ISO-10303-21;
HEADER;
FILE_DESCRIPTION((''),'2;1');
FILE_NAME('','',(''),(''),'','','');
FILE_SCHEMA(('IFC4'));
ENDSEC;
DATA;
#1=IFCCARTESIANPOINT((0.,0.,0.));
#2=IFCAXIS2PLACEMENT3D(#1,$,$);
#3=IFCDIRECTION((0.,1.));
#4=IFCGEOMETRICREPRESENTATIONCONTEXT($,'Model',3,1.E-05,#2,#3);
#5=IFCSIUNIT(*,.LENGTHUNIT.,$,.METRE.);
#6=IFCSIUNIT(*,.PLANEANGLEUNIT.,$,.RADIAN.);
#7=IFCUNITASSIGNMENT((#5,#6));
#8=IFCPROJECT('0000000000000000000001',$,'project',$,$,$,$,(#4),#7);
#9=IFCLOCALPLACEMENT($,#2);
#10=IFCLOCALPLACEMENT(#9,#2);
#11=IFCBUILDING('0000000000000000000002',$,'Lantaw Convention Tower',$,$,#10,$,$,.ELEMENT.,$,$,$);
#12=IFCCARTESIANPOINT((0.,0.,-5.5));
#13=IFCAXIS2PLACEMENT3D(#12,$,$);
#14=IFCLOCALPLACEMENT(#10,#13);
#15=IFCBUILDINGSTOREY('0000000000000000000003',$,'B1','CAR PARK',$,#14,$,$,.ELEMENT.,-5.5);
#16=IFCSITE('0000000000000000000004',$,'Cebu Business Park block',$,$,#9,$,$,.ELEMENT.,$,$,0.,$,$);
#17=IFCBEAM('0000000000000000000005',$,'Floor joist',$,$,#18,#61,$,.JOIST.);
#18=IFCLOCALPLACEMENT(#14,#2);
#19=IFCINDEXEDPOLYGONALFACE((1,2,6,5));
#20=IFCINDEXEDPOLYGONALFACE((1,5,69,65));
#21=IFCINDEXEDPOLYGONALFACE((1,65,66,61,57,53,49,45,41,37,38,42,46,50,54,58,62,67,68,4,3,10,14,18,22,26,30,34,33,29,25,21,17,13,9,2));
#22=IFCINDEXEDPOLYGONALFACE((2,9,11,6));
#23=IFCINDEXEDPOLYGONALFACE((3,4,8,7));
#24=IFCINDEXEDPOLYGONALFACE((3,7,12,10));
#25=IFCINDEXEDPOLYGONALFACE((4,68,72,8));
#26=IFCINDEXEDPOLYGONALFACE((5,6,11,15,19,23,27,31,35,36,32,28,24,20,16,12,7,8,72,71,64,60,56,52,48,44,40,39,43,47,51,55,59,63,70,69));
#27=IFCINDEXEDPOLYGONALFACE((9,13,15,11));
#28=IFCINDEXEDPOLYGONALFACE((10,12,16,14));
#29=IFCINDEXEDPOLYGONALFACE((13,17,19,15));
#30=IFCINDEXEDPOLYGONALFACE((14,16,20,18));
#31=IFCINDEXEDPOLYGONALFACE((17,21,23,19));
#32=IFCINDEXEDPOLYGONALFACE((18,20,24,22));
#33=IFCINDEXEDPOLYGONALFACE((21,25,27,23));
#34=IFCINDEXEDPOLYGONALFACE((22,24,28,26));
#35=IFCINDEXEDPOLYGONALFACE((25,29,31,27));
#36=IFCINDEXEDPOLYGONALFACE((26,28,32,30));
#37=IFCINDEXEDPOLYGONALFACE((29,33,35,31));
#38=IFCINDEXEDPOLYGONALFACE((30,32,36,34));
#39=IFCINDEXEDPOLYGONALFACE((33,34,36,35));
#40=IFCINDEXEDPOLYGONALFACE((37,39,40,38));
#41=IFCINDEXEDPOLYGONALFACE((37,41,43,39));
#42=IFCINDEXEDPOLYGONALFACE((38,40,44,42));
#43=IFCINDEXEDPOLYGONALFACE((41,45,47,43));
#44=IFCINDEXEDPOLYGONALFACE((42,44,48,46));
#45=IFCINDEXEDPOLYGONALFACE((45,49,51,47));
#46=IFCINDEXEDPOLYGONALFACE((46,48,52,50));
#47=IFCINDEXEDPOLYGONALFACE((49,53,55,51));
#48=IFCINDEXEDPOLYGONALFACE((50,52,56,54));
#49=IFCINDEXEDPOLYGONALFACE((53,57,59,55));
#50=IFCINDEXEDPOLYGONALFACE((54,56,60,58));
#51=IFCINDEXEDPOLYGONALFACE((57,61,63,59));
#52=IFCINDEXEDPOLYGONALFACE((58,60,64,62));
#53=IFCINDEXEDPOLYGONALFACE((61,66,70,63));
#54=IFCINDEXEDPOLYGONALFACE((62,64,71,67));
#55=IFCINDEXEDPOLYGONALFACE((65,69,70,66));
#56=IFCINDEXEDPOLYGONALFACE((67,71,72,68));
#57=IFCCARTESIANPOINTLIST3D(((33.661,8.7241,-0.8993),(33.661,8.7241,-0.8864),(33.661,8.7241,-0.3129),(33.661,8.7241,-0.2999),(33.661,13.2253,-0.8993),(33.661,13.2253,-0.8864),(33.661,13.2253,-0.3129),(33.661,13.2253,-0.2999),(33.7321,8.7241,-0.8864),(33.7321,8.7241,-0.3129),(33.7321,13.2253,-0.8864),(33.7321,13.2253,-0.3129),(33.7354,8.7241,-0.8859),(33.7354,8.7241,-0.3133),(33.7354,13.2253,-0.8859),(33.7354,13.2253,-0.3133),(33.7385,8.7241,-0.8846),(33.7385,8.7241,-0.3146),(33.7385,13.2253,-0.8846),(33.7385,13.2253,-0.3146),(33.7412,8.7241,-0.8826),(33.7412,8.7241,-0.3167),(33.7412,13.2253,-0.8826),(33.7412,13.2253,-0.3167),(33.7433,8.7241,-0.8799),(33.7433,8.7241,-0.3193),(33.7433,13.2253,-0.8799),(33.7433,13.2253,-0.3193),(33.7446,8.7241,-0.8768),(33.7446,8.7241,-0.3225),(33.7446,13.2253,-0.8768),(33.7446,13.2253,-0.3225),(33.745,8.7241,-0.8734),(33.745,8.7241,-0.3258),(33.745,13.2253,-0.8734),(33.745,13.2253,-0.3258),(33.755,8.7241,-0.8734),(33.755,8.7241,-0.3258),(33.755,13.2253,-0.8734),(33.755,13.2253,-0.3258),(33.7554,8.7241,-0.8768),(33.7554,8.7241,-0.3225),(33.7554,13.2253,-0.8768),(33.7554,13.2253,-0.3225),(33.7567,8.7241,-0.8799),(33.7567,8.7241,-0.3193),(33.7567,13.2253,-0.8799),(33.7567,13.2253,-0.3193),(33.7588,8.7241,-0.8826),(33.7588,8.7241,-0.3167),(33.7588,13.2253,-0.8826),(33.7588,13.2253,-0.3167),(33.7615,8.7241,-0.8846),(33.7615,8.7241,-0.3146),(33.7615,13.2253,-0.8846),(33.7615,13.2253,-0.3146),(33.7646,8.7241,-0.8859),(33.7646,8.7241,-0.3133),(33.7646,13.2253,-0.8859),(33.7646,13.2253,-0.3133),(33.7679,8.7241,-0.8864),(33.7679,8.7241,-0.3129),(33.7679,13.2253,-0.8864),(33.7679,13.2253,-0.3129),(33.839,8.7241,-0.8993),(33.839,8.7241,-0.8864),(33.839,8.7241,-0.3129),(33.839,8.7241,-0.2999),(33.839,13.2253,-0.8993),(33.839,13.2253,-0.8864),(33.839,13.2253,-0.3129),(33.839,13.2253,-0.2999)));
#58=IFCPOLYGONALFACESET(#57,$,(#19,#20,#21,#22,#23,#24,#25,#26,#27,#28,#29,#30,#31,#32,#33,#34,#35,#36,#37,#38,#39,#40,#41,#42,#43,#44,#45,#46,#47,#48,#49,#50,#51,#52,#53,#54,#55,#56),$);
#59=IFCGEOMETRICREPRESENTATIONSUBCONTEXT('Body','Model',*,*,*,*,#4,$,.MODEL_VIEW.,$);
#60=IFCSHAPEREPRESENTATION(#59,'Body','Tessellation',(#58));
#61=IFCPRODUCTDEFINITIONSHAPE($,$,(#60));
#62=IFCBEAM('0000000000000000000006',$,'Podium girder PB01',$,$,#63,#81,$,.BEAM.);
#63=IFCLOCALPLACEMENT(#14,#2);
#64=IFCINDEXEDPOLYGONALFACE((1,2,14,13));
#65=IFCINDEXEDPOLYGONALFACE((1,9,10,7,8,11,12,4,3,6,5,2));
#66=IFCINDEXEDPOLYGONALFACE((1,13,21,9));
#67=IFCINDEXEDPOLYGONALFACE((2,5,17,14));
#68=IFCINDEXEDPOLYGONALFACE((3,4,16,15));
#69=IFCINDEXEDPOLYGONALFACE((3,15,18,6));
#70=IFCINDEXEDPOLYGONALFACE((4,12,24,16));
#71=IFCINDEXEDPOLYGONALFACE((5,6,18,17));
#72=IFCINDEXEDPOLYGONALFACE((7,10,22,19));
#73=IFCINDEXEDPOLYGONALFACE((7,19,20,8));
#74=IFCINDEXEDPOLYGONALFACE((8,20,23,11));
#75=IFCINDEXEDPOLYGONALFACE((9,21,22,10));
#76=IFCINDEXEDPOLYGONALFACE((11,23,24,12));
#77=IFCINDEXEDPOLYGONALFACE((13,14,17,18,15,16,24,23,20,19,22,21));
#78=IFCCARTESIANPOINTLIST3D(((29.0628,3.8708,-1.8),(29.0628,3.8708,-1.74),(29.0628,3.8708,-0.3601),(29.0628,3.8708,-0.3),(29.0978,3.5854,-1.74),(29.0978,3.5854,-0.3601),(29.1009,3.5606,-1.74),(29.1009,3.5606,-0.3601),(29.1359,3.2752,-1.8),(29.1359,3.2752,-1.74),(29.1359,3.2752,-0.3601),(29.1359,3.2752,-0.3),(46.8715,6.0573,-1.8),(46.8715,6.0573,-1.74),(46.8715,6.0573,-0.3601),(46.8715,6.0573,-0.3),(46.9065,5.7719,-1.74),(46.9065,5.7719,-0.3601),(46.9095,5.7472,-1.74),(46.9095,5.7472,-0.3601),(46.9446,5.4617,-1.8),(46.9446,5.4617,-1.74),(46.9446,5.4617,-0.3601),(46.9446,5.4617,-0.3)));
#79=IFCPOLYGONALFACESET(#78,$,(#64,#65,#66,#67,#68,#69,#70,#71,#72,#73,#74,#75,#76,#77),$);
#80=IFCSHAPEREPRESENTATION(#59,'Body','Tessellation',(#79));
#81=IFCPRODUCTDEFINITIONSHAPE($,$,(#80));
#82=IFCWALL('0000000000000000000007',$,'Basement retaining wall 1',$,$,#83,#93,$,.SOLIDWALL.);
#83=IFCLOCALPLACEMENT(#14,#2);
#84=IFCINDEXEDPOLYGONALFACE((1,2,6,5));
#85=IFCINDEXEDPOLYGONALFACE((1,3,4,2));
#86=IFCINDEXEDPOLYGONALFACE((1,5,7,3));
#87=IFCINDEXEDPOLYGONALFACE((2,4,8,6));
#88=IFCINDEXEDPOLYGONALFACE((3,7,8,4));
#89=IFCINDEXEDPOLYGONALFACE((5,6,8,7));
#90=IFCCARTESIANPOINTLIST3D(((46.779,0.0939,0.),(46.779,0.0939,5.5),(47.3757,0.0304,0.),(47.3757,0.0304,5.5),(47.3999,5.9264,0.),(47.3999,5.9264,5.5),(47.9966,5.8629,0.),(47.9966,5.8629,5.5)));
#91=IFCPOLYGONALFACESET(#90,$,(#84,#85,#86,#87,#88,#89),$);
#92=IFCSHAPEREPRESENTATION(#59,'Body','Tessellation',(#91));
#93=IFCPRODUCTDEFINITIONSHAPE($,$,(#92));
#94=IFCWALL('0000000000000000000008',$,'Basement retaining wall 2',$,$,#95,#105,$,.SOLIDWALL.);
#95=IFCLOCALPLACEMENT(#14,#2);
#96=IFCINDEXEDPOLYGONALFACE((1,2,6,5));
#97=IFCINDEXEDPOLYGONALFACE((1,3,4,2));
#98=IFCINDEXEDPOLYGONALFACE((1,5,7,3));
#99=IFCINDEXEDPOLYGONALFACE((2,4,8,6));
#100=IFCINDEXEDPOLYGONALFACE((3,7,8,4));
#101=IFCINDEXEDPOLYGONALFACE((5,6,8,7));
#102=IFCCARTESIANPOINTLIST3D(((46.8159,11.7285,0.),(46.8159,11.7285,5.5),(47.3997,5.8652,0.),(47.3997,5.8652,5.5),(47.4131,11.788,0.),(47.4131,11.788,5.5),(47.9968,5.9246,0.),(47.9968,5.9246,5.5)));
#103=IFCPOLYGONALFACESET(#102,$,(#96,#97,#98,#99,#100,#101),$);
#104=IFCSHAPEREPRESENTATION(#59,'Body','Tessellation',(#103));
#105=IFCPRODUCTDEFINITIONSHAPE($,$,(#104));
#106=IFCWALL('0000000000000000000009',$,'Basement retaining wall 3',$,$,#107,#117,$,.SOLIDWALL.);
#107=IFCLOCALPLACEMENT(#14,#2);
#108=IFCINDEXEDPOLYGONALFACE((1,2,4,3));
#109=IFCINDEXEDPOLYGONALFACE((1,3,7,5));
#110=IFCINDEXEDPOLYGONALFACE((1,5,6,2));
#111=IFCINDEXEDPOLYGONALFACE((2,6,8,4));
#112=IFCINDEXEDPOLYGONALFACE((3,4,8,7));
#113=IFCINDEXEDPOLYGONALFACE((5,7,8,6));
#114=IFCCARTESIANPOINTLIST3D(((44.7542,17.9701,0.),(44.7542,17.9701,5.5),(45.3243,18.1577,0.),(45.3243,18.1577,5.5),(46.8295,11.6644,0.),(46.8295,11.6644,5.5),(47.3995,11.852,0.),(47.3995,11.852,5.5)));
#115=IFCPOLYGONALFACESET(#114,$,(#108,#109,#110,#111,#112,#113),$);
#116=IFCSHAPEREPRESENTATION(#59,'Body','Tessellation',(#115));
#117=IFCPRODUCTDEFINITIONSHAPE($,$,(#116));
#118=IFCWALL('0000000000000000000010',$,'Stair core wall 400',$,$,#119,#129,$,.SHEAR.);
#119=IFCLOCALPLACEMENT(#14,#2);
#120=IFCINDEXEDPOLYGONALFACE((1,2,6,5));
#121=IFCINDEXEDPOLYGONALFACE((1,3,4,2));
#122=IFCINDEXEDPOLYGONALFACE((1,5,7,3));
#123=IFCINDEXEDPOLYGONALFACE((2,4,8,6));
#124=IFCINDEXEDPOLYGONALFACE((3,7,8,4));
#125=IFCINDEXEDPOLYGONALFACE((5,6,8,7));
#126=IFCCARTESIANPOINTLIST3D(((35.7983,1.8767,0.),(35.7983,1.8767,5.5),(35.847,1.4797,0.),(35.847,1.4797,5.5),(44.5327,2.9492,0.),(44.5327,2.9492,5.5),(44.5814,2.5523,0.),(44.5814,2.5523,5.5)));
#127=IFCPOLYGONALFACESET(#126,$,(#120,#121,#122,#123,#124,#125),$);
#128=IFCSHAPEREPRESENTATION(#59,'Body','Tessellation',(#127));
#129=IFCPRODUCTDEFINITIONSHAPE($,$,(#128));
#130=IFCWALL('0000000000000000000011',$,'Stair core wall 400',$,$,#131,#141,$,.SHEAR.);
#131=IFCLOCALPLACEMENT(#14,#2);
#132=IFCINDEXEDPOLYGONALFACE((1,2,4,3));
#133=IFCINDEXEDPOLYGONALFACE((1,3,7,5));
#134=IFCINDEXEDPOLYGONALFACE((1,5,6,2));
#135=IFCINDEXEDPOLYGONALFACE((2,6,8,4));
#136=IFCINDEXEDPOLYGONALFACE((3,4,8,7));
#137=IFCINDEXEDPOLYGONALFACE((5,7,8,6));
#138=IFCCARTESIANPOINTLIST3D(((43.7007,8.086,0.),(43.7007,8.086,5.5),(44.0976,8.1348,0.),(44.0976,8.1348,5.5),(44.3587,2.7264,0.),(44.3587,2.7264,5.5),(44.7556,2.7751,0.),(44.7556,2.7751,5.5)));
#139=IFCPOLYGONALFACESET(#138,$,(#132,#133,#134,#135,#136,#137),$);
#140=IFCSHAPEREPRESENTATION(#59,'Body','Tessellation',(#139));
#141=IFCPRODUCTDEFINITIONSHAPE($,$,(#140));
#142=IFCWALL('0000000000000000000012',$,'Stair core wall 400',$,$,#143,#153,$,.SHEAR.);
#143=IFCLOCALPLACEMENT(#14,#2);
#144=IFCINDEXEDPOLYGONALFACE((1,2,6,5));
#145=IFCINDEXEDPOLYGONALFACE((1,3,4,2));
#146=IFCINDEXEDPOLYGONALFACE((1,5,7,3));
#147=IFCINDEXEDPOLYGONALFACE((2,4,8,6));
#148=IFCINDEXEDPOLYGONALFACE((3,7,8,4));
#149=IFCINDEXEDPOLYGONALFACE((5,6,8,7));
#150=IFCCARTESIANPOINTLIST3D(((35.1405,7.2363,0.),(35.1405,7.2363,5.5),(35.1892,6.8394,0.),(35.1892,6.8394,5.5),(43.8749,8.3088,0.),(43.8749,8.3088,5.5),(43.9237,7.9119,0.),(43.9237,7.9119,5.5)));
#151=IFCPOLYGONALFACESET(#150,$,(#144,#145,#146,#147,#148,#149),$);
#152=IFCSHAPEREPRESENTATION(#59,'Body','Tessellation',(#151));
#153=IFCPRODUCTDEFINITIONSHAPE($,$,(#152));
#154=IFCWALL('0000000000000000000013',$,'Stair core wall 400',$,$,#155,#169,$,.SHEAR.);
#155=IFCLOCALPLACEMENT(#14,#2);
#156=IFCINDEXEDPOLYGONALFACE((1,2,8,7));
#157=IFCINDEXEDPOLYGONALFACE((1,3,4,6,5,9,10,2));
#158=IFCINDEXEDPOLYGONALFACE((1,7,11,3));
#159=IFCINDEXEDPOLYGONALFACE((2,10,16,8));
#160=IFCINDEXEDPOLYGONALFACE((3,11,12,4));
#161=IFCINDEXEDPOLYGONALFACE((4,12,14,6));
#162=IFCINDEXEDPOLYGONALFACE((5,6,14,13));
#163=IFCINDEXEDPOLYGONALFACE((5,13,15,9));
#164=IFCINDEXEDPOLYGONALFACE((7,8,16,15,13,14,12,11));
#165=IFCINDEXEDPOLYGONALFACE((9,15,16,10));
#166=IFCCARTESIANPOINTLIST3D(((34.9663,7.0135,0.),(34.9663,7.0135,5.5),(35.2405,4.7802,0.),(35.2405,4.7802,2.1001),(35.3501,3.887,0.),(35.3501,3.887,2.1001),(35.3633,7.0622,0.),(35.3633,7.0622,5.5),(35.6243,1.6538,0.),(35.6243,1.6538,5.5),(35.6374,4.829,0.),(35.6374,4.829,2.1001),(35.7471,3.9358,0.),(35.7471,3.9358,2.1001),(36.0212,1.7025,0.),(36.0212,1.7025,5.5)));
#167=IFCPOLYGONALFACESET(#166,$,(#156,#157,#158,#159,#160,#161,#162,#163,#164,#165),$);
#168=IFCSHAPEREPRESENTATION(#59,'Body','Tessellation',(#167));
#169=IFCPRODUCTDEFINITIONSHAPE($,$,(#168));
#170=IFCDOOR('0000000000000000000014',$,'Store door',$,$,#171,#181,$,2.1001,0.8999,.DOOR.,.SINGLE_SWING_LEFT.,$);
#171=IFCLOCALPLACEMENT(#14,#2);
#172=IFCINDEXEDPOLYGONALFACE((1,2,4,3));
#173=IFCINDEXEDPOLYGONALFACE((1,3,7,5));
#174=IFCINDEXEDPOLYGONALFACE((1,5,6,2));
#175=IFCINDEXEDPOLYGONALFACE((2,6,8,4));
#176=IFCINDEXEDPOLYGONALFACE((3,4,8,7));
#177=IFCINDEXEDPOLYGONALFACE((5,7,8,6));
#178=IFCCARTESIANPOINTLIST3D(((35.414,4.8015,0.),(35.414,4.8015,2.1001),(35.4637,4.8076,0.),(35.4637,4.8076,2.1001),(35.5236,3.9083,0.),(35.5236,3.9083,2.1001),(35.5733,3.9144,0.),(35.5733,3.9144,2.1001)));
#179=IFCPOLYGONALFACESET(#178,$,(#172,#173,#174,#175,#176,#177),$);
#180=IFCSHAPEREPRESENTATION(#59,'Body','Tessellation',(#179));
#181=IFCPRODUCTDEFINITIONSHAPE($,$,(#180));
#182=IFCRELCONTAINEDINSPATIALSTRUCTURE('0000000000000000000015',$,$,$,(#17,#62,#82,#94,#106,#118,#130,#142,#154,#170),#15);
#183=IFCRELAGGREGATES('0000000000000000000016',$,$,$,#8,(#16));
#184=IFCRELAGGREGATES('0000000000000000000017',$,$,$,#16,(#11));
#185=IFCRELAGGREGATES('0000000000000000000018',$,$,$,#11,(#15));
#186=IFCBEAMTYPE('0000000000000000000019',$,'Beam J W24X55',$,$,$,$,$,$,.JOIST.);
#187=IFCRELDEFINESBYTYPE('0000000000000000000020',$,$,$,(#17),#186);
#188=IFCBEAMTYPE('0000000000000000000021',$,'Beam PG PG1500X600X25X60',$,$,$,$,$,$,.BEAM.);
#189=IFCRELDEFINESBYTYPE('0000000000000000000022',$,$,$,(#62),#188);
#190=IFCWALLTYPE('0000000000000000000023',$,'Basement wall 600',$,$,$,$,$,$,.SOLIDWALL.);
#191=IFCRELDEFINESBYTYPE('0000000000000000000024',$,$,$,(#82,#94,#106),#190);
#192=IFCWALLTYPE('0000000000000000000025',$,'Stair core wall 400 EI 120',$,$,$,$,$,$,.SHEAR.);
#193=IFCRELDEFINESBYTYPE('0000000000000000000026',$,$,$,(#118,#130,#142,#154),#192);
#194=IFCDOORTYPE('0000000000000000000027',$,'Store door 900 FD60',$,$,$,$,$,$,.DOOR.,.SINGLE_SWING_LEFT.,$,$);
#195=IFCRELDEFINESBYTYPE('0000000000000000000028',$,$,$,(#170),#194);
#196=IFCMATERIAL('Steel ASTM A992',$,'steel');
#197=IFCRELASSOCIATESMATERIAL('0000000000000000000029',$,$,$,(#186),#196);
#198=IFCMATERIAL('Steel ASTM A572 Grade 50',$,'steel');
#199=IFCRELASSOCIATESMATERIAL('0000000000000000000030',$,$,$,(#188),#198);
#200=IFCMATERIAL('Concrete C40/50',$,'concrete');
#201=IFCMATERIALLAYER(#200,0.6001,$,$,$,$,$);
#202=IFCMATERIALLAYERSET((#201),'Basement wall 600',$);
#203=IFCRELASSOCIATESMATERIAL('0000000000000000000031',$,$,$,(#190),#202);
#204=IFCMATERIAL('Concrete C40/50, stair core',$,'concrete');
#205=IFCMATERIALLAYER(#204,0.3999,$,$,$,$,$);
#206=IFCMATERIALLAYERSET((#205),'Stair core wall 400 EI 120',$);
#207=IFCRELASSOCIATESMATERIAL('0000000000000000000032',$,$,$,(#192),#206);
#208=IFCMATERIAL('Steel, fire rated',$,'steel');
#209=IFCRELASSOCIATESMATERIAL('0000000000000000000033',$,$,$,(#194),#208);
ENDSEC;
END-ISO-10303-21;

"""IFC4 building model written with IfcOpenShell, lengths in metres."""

from ifc_helpers import new_model, si_unit, direction, frame, frame_2d, origin, origin_2d, place, context, subcontext, project, spatial, rectangle, i_section, extrude, material, layer, layer_set, material_profile, profile_set, type_object, element, fill, save


model = new_model("IFC4")

# Units and contexts
model_context = context("Model", 3, precision=1e-05, world=origin(), true_north=direction((0.0, 1.0)))
body_context = subcontext(model_context, "Body", "Model", "MODEL_VIEW")
ifc_project = project(units=[si_unit("LENGTHUNIT", "METRE"), si_unit("PLANEANGLEUNIT", "RADIAN")], contexts=[model_context])

# Site, building, storey
site_placement = place(None, origin())
site = spatial("IfcSite", under=ifc_project, at=site_placement, Name="Cebu Business Park block", CompositionType="ELEMENT", RefElevation=0.0)
building_placement = place(site_placement, origin())
building = spatial("IfcBuilding", under=site, at=building_placement, Name="Lantaw Convention Tower", CompositionType="ELEMENT")
storey_placement = place(building_placement, frame((0.0, 0.0, -5.5)))
storey = spatial("IfcBuildingStorey", under=building, at=storey_placement, Name="B1", Description="CAR PARK", CompositionType="ELEMENT", Elevation=-5.5)

# Shared definitions
ifc_material_1 = material(Name="Steel ASTM A572 Grade 50", Category="steel")

# Beams
ifc_material_2 = material(Name="Steel ASTM A992", Category="steel")
ifc_material_profile_1 = material_profile(ifc_material_2, i_section(OverallWidth=0.178, OverallDepth=0.5994, WebThickness=0.01, FlangeThickness=0.0129, FilletRadius=0.0129, at=origin_2d()), Name="W24X55")
ifc_profile_set_1 = profile_set([ifc_material_profile_1], Name="Steel ASTM A992")
beam_type_1 = type_object("IfcBeamType", Name="Beam J W24X55", PredefinedType="JOIST", material=ifc_profile_set_1)
beam_1_placement = place(storey_placement, frame((33.75, 8.7241, -0.5996), z_axis=(0.0, 1.0, 0.0), x_axis=(-1.0, 0.0, 0.0)))
element("IfcBeam", 1, at=beam_1_placement, inside=storey, type_object=beam_type_1, Name="Floor joist", PredefinedType="JOIST", context=body_context, shape_type="SweptSolid", body=[
    extrude(i_section(OverallWidth=0.178, OverallDepth=0.5994, WebThickness=0.01, FlangeThickness=0.0129, FilletRadius=0.0129, at=origin_2d()), origin(), (0.0, 0.0, 1.0), 4.5012),
])
ifc_material_profile_2 = material_profile(ifc_material_1, i_section(OverallWidth=0.6001, OverallDepth=1.5, WebThickness=0.0249, FlangeThickness=0.0601, at=origin_2d()), Name="PG1500X600X25X60")
ifc_profile_set_2 = profile_set([ifc_material_profile_2], Name="Steel ASTM A572 Grade 50")
beam_type_2 = type_object("IfcBeamType", Name="Beam PG PG1500X600X25X60", PredefinedType="BEAM", material=ifc_profile_set_2)
beam_2_placement = place(storey_placement, frame((29.0994, 3.573, -1.05), z_axis=(0.992547, 0.121864, 0.0), x_axis=(-0.121864, 0.992547, 0.0)))
element("IfcBeam", 2, at=beam_2_placement, inside=storey, type_object=beam_type_2, Name="Podium girder PB01", PredefinedType="BEAM", context=body_context, shape_type="SweptSolid", body=[
    extrude(i_section(OverallWidth=0.6001, OverallDepth=1.5, WebThickness=0.0249, FlangeThickness=0.0601, at=origin_2d()), origin(), (0.0, 0.0, 1.0), 17.9424),
])

# Walls
ifc_material_3 = material(Name="Concrete C40/50", Category="concrete")
ifc_layer_1 = layer(ifc_material_3, 0.6001)
ifc_layer_set_1 = layer_set([ifc_layer_1], Name="Basement wall 600")
wall_type_1 = type_object("IfcWallType", Name="Basement wall 600", PredefinedType="SOLIDWALL", material=ifc_layer_set_1)
wall_1_placement = place(storey_placement, frame((47.0774, 0.0623, 0.0), z_axis=(0.0, 0.0, 1.0), x_axis=(0.105848, 0.994382, 0.0)))
element("IfcWall", 3, at=wall_1_placement, inside=storey, type_object=wall_type_1, Name="Basement retaining wall 1", PredefinedType="SOLIDWALL", context=body_context, shape_type="SweptSolid", body=[
    extrude(rectangle(XDim=5.8655, YDim=0.6001, at=frame_2d((2.9326, 0.0))), origin(), (0.0, 0.0, 1.0), 5.5),
])
wall_2_placement = place(storey_placement, frame((47.6982, 5.8948, 0.0), z_axis=(0.0, 0.0, 1.0), x_axis=(-0.099069, 0.995081, 0.0)))
element("IfcWall", 4, at=wall_2_placement, inside=storey, type_object=wall_type_1, Name="Basement retaining wall 2", PredefinedType="SOLIDWALL", context=body_context, shape_type="SweptSolid", body=[
    extrude(rectangle(XDim=5.8923, YDim=0.6001, at=frame_2d((2.9463, 0.0))), origin(), (0.0, 0.0, 1.0), 5.5),
])
wall_3_placement = place(storey_placement, frame((47.1145, 11.7581, 0.0), z_axis=(0.0, 0.0, 1.0), x_axis=(-0.312607, 0.949883, 0.0)))
element("IfcWall", 5, at=wall_3_placement, inside=storey, type_object=wall_type_1, Name="Basement retaining wall 3", PredefinedType="SOLIDWALL", context=body_context, shape_type="SweptSolid", body=[
    extrude(rectangle(XDim=6.6384, YDim=0.6001, at=frame_2d((3.3193, 0.0))), origin(), (0.0, 0.0, 1.0), 5.5),
])
ifc_material_4 = material(Name="Concrete C40/50, stair core", Category="concrete")
ifc_layer_2 = layer(ifc_material_4, 0.3999)
ifc_layer_set_2 = layer_set([ifc_layer_2], Name="Stair core wall 400 EI 120")
wall_type_2 = type_object("IfcWallType", Name="Stair core wall 400 EI 120", PredefinedType="SHEAR", material=ifc_layer_set_2)
wall_4_placement = place(storey_placement, frame((35.8228, 1.6782, 0.0), z_axis=(0.0, 0.0, 1.0), x_axis=(0.992545, 0.121876, 0.0)))
element("IfcWall", 6, at=wall_4_placement, inside=storey, type_object=wall_type_2, Name="Stair core wall 400", PredefinedType="SHEAR", context=body_context, shape_type="SweptSolid", body=[
    extrude(rectangle(XDim=8.8, YDim=0.3999, at=frame_2d((4.3999, 0.0))), origin(), (0.0, 0.0, 1.0), 5.5),
])
wall_5_placement = place(storey_placement, frame((44.5571, 2.7507, 0.0), z_axis=(0.0, 0.0, 1.0), x_axis=(-0.121848, 0.992549, 0.0)))
element("IfcWall", 7, at=wall_5_placement, inside=storey, type_object=wall_type_2, Name="Stair core wall 400", PredefinedType="SHEAR", context=body_context, shape_type="SweptSolid", body=[
    extrude(rectangle(XDim=5.3999, YDim=0.3999, at=frame_2d((2.7, 0.0))), origin(), (0.0, 0.0, 1.0), 5.5),
])
wall_6_placement = place(storey_placement, frame((43.8992, 8.1104, 0.0), z_axis=(0.0, 0.0, 1.0), x_axis=(-0.992545, -0.121876, 0.0)))
element("IfcWall", 8, at=wall_6_placement, inside=storey, type_object=wall_type_2, Name="Stair core wall 400", PredefinedType="SHEAR", context=body_context, shape_type="SweptSolid", body=[
    extrude(rectangle(XDim=8.8, YDim=0.3999, at=frame_2d((4.3999, 0.0))), origin(), (0.0, 0.0, 1.0), 5.5),
])

# Wall, opening, door
wall_7_placement = place(storey_placement, frame((35.1648, 7.0378, 0.0), z_axis=(0.0, 0.0, 1.0), x_axis=(0.121848, -0.992549, 0.0)))
wall_7 = element("IfcWall", 9, at=wall_7_placement, inside=storey, type_object=wall_type_2, Name="Stair core wall 400", PredefinedType="SHEAR", context=body_context, shape_type="SweptSolid", body=[
    extrude(rectangle(XDim=5.3999, YDim=0.3999, at=frame_2d((2.7, 0.0))), origin(), (0.0, 0.0, 1.0), 5.5),
])
opening_placement = place(wall_7_placement, frame((2.25, 0.0, 0.0)))
opening = element("IfcOpeningElement", 10, at=opening_placement, cuts=wall_7, PredefinedType="OPENING", context=body_context, shape_type="SweptSolid", body=[
    extrude(rectangle(XDim=0.8999, YDim=2.1001, at=frame_2d((0.45, 1.05))), frame((0.0, 0.21, 0.0), z_axis=(0.0, -1.0, 0.0), x_axis=(1.0, 0.0, 0.0)), (0.0, 0.0, 1.0), 0.4199),
])
ifc_material_5 = material(Name="Steel, fire rated", Category="steel")
door_type = type_object("IfcDoorType", Name="Store door 900 FD60", OperationType="SINGLE_SWING_LEFT", PredefinedType="DOOR", material=ifc_material_5)
door_placement = place(opening_placement, origin())
door = element("IfcDoor", 11, at=door_placement, inside=storey, type_object=door_type, Name="Store door", OperationType="SINGLE_SWING_LEFT", OverallHeight=2.1001, OverallWidth=0.8999, PredefinedType="DOOR", context=body_context, shape_type="SweptSolid", body=[
    extrude(rectangle(XDim=0.8999, YDim=2.1001, at=frame_2d((0.45, 1.05))), frame((0.0, 0.0249, 0.0), z_axis=(0.0, -1.0, 0.0), x_axis=(1.0, 0.0, 0.0)), (0.0, 0.0, 1.0), 0.05),
])
fill(opening, door)

save(model, "model.ifc")
